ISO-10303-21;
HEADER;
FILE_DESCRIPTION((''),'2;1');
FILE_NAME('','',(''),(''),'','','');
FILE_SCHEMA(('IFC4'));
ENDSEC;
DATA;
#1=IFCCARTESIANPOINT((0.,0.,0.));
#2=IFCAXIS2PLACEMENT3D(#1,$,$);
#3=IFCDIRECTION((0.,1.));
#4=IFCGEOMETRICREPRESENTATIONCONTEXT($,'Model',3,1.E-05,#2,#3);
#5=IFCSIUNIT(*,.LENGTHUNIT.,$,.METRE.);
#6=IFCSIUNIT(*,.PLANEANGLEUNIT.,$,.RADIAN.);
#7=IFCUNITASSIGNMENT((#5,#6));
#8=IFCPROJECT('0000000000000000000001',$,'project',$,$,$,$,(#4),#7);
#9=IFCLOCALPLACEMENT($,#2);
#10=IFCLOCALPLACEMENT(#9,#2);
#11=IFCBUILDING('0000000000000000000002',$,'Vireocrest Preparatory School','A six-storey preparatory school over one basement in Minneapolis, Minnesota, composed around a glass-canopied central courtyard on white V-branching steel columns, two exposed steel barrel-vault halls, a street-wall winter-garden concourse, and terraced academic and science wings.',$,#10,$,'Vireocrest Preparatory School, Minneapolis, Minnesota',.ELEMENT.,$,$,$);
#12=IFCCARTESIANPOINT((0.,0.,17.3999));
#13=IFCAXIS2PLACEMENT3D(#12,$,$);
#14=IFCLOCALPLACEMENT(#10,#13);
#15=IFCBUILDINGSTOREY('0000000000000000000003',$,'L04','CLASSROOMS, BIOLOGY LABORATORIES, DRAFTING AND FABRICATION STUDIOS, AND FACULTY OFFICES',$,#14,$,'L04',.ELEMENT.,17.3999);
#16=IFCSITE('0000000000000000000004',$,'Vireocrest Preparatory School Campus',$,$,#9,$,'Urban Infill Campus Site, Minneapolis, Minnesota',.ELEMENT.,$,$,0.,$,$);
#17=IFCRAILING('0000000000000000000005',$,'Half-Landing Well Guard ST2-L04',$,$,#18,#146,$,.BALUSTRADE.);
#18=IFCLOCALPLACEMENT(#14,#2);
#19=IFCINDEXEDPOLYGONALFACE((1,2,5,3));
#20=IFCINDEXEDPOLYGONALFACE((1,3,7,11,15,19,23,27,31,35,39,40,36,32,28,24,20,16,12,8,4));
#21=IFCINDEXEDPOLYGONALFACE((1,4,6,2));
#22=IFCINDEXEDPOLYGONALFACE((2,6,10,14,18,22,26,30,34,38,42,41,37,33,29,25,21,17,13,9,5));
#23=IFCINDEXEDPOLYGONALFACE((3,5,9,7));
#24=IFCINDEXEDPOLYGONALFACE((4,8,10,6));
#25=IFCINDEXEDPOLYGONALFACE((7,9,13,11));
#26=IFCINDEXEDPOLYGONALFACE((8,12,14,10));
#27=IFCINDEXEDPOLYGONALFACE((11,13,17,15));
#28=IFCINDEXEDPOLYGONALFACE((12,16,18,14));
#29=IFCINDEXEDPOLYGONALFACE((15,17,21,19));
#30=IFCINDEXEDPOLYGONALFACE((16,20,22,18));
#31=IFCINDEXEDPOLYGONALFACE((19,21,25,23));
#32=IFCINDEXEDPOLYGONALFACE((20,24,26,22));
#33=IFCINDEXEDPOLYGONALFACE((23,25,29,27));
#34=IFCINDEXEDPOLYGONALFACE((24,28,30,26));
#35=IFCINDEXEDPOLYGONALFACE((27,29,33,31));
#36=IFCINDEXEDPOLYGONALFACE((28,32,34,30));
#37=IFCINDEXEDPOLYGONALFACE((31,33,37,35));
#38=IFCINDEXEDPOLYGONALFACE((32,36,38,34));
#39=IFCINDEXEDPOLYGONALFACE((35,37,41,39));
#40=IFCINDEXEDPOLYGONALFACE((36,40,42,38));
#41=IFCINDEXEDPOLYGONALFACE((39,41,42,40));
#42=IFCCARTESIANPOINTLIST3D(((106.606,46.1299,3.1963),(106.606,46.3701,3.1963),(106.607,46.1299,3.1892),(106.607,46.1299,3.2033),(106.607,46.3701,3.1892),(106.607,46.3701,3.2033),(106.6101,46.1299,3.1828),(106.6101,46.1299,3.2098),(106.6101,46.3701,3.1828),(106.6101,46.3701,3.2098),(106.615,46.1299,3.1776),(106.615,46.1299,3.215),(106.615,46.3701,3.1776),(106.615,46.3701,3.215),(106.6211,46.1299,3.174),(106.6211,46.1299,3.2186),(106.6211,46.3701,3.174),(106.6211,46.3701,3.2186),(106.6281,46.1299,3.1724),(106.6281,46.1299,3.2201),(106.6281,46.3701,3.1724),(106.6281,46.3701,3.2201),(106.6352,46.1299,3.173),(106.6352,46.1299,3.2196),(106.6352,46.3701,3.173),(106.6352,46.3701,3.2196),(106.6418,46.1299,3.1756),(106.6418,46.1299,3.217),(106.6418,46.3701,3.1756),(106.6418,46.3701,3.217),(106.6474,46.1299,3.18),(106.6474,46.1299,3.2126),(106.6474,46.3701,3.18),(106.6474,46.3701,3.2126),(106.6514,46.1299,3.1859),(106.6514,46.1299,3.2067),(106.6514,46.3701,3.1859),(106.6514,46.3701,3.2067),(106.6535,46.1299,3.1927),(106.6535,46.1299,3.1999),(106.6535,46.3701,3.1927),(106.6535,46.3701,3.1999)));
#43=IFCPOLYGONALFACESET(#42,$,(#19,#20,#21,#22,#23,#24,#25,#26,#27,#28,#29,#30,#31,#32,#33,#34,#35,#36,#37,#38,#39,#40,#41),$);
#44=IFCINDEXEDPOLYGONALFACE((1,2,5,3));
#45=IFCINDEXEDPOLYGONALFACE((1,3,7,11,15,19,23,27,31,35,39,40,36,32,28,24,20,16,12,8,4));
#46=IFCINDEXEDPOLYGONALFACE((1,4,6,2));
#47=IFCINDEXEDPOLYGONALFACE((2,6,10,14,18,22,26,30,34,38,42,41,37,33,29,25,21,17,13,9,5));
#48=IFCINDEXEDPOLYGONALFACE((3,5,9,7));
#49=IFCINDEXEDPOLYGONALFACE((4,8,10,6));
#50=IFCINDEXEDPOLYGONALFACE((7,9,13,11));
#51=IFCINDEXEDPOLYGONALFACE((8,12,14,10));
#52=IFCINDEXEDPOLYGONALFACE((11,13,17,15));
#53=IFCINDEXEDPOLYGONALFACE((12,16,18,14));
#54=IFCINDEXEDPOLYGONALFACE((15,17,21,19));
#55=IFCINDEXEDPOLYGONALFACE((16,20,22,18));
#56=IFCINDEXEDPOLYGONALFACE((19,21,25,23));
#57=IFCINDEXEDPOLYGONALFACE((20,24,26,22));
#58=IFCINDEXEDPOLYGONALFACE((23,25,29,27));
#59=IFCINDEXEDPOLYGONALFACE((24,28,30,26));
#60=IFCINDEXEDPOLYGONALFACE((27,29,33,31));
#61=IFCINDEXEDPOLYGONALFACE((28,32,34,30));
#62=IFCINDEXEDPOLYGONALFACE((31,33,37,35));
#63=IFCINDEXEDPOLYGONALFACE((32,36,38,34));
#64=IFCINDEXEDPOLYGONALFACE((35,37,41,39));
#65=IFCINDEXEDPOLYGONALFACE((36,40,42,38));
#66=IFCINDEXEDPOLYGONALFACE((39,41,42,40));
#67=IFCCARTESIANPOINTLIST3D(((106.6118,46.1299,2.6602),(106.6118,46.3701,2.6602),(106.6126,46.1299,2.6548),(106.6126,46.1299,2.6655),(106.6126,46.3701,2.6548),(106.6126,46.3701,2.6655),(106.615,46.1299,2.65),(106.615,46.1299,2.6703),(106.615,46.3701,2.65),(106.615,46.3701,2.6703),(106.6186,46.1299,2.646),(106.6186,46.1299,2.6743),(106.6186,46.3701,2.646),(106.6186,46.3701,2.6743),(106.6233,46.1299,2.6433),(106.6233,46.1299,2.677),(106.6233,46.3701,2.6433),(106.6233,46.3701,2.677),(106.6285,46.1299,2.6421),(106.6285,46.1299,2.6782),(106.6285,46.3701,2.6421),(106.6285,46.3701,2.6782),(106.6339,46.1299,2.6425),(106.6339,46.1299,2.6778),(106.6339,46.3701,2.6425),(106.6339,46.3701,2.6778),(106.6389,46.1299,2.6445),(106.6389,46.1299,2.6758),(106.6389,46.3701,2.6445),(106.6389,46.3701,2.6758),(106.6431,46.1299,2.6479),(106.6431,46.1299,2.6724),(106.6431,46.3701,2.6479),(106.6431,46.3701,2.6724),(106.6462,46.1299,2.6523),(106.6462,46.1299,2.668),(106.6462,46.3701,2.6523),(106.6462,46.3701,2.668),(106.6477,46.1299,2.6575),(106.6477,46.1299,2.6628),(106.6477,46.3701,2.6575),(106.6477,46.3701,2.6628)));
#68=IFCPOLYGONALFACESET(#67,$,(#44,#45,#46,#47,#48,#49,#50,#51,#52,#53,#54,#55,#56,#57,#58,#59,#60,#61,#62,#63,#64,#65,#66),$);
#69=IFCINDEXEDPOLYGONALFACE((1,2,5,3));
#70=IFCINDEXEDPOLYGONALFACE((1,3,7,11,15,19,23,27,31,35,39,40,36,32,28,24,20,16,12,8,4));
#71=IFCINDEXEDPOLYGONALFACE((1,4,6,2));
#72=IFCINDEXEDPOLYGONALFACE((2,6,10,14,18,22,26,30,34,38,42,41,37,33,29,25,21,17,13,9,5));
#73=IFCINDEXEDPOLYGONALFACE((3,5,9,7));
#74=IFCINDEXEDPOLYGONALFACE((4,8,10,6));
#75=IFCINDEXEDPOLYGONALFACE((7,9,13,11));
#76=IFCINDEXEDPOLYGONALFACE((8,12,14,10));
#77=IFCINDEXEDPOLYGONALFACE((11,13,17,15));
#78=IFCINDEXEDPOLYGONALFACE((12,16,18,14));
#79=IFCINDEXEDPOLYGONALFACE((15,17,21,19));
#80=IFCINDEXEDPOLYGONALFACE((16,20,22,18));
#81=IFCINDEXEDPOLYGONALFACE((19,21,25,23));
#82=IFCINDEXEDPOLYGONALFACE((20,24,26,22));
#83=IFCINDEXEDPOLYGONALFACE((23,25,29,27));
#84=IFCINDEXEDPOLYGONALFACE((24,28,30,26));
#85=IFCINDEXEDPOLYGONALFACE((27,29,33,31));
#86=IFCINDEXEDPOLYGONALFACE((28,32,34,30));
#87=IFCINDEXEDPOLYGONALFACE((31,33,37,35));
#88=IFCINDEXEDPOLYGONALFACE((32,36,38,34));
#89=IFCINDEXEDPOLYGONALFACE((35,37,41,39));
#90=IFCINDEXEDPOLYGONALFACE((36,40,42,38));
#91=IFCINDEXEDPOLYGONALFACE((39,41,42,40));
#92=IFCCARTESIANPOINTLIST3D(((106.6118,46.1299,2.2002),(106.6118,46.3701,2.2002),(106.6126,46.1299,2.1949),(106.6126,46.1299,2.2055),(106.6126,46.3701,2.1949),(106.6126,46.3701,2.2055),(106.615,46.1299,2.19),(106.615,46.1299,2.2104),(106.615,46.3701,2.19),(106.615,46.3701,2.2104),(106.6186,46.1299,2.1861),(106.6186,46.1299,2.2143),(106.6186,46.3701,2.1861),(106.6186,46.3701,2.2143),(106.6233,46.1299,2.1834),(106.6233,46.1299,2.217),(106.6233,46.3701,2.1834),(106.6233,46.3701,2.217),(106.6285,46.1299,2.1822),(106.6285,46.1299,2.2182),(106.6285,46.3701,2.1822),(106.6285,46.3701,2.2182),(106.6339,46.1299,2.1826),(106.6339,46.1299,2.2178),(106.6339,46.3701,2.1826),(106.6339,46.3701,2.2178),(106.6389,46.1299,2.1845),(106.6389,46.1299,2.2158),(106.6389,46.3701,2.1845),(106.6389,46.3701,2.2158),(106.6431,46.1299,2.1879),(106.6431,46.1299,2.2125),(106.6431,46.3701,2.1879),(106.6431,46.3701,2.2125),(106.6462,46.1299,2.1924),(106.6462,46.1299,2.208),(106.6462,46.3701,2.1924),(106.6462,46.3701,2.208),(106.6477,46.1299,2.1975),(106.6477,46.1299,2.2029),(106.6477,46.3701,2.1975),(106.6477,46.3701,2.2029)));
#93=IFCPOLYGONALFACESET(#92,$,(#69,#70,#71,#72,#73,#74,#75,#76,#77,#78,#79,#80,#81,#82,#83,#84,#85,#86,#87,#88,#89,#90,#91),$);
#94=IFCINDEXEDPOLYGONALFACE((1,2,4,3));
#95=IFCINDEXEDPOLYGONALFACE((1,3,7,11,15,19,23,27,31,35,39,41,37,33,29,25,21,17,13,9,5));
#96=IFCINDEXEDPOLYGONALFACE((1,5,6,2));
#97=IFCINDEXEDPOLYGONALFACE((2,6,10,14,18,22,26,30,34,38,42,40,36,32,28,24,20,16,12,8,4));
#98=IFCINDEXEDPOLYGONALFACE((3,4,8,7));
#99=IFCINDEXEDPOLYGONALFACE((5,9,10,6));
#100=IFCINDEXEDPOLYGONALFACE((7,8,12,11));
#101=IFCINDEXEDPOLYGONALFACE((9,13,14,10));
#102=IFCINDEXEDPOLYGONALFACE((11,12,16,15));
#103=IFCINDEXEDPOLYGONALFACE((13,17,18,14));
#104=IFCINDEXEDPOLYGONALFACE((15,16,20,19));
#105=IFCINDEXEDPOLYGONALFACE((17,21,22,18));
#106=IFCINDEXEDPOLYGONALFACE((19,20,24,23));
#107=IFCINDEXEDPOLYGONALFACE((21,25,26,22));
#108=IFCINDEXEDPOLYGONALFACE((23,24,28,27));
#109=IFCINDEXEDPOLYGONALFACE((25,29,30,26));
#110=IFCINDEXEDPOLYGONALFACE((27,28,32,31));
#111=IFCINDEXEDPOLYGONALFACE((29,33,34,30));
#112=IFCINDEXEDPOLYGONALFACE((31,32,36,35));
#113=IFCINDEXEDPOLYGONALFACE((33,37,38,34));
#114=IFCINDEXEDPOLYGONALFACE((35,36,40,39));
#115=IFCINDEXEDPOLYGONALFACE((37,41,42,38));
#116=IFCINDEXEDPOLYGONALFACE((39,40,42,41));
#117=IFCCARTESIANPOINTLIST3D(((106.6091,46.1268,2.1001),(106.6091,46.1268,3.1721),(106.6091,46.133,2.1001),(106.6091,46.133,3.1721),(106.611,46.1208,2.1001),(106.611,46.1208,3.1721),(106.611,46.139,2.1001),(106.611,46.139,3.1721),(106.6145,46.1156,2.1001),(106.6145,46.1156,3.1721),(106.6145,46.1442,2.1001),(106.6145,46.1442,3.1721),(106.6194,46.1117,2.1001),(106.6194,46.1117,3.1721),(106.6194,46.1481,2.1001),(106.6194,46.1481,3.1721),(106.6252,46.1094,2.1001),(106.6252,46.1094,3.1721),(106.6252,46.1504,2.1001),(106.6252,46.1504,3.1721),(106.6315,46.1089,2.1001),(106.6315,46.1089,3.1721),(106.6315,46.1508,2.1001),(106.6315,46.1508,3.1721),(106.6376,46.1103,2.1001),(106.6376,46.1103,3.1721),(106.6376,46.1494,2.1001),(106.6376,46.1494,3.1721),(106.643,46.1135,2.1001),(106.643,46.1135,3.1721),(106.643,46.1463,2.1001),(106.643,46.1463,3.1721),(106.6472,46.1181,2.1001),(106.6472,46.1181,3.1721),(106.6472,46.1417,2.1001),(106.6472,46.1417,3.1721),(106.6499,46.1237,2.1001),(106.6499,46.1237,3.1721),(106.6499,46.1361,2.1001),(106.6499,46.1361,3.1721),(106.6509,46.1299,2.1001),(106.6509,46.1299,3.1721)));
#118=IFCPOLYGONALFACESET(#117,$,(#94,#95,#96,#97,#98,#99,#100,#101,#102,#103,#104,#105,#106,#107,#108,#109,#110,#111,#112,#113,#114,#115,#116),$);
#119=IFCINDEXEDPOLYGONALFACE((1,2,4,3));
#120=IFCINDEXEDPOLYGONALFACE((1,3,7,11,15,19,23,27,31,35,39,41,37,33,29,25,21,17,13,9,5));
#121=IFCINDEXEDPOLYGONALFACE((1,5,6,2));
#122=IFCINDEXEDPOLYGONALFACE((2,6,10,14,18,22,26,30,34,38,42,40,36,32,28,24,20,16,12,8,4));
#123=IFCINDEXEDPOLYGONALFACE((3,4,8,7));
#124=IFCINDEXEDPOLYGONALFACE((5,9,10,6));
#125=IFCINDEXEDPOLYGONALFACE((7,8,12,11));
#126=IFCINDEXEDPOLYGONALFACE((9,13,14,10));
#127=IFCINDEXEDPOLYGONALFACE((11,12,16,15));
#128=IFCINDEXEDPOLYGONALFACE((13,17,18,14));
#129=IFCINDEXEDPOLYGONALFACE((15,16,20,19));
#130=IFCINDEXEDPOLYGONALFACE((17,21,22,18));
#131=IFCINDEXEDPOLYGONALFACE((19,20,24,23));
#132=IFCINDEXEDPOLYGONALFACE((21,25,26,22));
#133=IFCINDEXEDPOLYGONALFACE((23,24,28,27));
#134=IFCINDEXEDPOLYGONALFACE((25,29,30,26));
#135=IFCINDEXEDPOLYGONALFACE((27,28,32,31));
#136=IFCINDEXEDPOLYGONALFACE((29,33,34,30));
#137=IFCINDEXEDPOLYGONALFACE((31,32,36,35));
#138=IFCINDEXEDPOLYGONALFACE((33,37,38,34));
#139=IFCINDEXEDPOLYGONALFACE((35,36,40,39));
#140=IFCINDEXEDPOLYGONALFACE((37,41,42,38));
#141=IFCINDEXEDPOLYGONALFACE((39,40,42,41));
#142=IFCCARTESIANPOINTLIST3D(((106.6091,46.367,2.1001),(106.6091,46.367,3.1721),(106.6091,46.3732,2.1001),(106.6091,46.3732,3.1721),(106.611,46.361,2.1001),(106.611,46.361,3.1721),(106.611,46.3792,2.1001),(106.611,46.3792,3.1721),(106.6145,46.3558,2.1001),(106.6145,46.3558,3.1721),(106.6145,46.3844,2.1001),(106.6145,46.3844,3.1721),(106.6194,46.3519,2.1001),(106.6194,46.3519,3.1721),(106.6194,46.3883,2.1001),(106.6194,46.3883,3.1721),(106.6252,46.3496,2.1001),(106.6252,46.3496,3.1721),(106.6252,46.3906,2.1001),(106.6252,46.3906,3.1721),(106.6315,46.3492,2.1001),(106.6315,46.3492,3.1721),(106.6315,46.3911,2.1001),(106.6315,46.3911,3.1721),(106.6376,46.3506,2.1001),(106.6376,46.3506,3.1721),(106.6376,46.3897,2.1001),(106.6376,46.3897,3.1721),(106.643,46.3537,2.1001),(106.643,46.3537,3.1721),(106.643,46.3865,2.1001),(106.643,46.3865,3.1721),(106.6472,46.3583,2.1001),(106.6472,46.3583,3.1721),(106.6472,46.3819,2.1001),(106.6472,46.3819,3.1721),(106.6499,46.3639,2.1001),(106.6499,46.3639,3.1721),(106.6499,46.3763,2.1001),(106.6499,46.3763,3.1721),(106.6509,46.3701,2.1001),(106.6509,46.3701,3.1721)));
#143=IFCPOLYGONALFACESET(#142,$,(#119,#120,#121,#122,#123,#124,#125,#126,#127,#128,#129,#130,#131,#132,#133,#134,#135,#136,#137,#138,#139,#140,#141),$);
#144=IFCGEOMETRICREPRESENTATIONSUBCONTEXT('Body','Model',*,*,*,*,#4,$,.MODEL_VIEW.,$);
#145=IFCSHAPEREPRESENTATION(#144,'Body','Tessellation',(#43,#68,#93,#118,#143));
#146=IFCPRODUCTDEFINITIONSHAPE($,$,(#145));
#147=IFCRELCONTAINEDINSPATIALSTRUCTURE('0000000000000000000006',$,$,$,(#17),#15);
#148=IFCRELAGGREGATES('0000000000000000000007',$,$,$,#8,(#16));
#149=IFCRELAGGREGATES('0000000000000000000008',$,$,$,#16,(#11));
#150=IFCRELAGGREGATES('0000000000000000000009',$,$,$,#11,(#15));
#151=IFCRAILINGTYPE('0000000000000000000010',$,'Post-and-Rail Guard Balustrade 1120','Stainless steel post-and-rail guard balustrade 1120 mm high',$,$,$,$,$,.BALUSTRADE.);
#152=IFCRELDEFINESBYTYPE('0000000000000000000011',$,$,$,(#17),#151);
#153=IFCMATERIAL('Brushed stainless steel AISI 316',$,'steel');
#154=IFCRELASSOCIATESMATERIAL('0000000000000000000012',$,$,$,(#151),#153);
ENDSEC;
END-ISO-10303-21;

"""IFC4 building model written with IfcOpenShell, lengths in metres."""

from ifc_helpers import new_model, si_unit, direction, frame, origin, origin_2d, place, context, subcontext, project, spatial, circle, extrude, material, type_object, element, save


model = new_model("IFC4")

# Units and contexts
model_context = context("Model", 3, precision=1e-05, world=origin(), true_north=direction((0.0, 1.0)))
body_context = subcontext(model_context, "Body", "Model", "MODEL_VIEW")
ifc_project = project(units=[si_unit("LENGTHUNIT", "METRE"), si_unit("PLANEANGLEUNIT", "RADIAN")], contexts=[model_context])

# Site, building, storey
site_placement = place(None, origin())
site = spatial("IfcSite", under=ifc_project, at=site_placement, Name="Vireocrest Preparatory School Campus", LongName="Urban Infill Campus Site, Minneapolis, Minnesota", CompositionType="ELEMENT", RefElevation=0.0)
building_placement = place(site_placement, origin())
building = spatial("IfcBuilding", under=site, at=building_placement, Name="Vireocrest Preparatory School", Description="A six-storey preparatory school over one basement in Minneapolis, Minnesota, composed around a glass-canopied central courtyard on white V-branching steel columns, two exposed steel barrel-vault halls, a street-wall winter-garden concourse, and terraced academic and science wings.", LongName="Vireocrest Preparatory School, Minneapolis, Minnesota", CompositionType="ELEMENT")
storey_placement = place(building_placement, frame((0.0, 0.0, 17.3999)))
storey = spatial("IfcBuildingStorey", under=building, at=storey_placement, Name="L04", Description="CLASSROOMS, BIOLOGY LABORATORIES, DRAFTING AND FABRICATION STUDIOS, AND FACULTY OFFICES", LongName="L04", CompositionType="ELEMENT", Elevation=17.3999)

# Railing
ifc_material_1 = material(Name="Brushed stainless steel AISI 316", Category="steel")
railing_type_1 = type_object("IfcRailingType", Name="Post-and-Rail Guard Balustrade 1120", Description="Stainless steel post-and-rail guard balustrade 1120 mm high", PredefinedType="BALUSTRADE", material=ifc_material_1)
railing_1_placement = place(storey_placement, frame((106.6299, 46.1299, 2.1001)))
element("IfcRailing", 1, at=railing_1_placement, inside=storey, type_object=railing_type_1, Name="Half-Landing Well Guard ST2-L04", PredefinedType="BALUSTRADE", context=body_context, shape_type="SweptSolid", body=[
    extrude(circle(Radius=0.0239, at=origin_2d()), frame((0.0, 0.0, 1.0962), z_axis=(0.0, 1.0, 0.0), x_axis=(-1.0, 0.0, 0.0)), (0.0, 0.0, 1.0), 0.2402),
    extrude(circle(Radius=0.0181, at=origin_2d()), frame((0.0, 0.0, 0.5601), z_axis=(0.0, 1.0, 0.0), x_axis=(-1.0, 0.0, 0.0)), (0.0, 0.0, 1.0), 0.2402),
    extrude(circle(Radius=0.0181, at=origin_2d()), frame((0.0, 0.0, 0.1001), z_axis=(0.0, 1.0, 0.0), x_axis=(-1.0, 0.0, 0.0)), (0.0, 0.0, 1.0), 0.2402),
    extrude(circle(Radius=0.021, at=origin_2d()), origin(), (0.0, 0.0, 1.0), 1.072),
    extrude(circle(Radius=0.021, at=origin_2d()), frame((0.0, 0.2402, 0.0)), (0.0, 0.0, 1.0), 1.072),
])

save(model, "model.ifc")
